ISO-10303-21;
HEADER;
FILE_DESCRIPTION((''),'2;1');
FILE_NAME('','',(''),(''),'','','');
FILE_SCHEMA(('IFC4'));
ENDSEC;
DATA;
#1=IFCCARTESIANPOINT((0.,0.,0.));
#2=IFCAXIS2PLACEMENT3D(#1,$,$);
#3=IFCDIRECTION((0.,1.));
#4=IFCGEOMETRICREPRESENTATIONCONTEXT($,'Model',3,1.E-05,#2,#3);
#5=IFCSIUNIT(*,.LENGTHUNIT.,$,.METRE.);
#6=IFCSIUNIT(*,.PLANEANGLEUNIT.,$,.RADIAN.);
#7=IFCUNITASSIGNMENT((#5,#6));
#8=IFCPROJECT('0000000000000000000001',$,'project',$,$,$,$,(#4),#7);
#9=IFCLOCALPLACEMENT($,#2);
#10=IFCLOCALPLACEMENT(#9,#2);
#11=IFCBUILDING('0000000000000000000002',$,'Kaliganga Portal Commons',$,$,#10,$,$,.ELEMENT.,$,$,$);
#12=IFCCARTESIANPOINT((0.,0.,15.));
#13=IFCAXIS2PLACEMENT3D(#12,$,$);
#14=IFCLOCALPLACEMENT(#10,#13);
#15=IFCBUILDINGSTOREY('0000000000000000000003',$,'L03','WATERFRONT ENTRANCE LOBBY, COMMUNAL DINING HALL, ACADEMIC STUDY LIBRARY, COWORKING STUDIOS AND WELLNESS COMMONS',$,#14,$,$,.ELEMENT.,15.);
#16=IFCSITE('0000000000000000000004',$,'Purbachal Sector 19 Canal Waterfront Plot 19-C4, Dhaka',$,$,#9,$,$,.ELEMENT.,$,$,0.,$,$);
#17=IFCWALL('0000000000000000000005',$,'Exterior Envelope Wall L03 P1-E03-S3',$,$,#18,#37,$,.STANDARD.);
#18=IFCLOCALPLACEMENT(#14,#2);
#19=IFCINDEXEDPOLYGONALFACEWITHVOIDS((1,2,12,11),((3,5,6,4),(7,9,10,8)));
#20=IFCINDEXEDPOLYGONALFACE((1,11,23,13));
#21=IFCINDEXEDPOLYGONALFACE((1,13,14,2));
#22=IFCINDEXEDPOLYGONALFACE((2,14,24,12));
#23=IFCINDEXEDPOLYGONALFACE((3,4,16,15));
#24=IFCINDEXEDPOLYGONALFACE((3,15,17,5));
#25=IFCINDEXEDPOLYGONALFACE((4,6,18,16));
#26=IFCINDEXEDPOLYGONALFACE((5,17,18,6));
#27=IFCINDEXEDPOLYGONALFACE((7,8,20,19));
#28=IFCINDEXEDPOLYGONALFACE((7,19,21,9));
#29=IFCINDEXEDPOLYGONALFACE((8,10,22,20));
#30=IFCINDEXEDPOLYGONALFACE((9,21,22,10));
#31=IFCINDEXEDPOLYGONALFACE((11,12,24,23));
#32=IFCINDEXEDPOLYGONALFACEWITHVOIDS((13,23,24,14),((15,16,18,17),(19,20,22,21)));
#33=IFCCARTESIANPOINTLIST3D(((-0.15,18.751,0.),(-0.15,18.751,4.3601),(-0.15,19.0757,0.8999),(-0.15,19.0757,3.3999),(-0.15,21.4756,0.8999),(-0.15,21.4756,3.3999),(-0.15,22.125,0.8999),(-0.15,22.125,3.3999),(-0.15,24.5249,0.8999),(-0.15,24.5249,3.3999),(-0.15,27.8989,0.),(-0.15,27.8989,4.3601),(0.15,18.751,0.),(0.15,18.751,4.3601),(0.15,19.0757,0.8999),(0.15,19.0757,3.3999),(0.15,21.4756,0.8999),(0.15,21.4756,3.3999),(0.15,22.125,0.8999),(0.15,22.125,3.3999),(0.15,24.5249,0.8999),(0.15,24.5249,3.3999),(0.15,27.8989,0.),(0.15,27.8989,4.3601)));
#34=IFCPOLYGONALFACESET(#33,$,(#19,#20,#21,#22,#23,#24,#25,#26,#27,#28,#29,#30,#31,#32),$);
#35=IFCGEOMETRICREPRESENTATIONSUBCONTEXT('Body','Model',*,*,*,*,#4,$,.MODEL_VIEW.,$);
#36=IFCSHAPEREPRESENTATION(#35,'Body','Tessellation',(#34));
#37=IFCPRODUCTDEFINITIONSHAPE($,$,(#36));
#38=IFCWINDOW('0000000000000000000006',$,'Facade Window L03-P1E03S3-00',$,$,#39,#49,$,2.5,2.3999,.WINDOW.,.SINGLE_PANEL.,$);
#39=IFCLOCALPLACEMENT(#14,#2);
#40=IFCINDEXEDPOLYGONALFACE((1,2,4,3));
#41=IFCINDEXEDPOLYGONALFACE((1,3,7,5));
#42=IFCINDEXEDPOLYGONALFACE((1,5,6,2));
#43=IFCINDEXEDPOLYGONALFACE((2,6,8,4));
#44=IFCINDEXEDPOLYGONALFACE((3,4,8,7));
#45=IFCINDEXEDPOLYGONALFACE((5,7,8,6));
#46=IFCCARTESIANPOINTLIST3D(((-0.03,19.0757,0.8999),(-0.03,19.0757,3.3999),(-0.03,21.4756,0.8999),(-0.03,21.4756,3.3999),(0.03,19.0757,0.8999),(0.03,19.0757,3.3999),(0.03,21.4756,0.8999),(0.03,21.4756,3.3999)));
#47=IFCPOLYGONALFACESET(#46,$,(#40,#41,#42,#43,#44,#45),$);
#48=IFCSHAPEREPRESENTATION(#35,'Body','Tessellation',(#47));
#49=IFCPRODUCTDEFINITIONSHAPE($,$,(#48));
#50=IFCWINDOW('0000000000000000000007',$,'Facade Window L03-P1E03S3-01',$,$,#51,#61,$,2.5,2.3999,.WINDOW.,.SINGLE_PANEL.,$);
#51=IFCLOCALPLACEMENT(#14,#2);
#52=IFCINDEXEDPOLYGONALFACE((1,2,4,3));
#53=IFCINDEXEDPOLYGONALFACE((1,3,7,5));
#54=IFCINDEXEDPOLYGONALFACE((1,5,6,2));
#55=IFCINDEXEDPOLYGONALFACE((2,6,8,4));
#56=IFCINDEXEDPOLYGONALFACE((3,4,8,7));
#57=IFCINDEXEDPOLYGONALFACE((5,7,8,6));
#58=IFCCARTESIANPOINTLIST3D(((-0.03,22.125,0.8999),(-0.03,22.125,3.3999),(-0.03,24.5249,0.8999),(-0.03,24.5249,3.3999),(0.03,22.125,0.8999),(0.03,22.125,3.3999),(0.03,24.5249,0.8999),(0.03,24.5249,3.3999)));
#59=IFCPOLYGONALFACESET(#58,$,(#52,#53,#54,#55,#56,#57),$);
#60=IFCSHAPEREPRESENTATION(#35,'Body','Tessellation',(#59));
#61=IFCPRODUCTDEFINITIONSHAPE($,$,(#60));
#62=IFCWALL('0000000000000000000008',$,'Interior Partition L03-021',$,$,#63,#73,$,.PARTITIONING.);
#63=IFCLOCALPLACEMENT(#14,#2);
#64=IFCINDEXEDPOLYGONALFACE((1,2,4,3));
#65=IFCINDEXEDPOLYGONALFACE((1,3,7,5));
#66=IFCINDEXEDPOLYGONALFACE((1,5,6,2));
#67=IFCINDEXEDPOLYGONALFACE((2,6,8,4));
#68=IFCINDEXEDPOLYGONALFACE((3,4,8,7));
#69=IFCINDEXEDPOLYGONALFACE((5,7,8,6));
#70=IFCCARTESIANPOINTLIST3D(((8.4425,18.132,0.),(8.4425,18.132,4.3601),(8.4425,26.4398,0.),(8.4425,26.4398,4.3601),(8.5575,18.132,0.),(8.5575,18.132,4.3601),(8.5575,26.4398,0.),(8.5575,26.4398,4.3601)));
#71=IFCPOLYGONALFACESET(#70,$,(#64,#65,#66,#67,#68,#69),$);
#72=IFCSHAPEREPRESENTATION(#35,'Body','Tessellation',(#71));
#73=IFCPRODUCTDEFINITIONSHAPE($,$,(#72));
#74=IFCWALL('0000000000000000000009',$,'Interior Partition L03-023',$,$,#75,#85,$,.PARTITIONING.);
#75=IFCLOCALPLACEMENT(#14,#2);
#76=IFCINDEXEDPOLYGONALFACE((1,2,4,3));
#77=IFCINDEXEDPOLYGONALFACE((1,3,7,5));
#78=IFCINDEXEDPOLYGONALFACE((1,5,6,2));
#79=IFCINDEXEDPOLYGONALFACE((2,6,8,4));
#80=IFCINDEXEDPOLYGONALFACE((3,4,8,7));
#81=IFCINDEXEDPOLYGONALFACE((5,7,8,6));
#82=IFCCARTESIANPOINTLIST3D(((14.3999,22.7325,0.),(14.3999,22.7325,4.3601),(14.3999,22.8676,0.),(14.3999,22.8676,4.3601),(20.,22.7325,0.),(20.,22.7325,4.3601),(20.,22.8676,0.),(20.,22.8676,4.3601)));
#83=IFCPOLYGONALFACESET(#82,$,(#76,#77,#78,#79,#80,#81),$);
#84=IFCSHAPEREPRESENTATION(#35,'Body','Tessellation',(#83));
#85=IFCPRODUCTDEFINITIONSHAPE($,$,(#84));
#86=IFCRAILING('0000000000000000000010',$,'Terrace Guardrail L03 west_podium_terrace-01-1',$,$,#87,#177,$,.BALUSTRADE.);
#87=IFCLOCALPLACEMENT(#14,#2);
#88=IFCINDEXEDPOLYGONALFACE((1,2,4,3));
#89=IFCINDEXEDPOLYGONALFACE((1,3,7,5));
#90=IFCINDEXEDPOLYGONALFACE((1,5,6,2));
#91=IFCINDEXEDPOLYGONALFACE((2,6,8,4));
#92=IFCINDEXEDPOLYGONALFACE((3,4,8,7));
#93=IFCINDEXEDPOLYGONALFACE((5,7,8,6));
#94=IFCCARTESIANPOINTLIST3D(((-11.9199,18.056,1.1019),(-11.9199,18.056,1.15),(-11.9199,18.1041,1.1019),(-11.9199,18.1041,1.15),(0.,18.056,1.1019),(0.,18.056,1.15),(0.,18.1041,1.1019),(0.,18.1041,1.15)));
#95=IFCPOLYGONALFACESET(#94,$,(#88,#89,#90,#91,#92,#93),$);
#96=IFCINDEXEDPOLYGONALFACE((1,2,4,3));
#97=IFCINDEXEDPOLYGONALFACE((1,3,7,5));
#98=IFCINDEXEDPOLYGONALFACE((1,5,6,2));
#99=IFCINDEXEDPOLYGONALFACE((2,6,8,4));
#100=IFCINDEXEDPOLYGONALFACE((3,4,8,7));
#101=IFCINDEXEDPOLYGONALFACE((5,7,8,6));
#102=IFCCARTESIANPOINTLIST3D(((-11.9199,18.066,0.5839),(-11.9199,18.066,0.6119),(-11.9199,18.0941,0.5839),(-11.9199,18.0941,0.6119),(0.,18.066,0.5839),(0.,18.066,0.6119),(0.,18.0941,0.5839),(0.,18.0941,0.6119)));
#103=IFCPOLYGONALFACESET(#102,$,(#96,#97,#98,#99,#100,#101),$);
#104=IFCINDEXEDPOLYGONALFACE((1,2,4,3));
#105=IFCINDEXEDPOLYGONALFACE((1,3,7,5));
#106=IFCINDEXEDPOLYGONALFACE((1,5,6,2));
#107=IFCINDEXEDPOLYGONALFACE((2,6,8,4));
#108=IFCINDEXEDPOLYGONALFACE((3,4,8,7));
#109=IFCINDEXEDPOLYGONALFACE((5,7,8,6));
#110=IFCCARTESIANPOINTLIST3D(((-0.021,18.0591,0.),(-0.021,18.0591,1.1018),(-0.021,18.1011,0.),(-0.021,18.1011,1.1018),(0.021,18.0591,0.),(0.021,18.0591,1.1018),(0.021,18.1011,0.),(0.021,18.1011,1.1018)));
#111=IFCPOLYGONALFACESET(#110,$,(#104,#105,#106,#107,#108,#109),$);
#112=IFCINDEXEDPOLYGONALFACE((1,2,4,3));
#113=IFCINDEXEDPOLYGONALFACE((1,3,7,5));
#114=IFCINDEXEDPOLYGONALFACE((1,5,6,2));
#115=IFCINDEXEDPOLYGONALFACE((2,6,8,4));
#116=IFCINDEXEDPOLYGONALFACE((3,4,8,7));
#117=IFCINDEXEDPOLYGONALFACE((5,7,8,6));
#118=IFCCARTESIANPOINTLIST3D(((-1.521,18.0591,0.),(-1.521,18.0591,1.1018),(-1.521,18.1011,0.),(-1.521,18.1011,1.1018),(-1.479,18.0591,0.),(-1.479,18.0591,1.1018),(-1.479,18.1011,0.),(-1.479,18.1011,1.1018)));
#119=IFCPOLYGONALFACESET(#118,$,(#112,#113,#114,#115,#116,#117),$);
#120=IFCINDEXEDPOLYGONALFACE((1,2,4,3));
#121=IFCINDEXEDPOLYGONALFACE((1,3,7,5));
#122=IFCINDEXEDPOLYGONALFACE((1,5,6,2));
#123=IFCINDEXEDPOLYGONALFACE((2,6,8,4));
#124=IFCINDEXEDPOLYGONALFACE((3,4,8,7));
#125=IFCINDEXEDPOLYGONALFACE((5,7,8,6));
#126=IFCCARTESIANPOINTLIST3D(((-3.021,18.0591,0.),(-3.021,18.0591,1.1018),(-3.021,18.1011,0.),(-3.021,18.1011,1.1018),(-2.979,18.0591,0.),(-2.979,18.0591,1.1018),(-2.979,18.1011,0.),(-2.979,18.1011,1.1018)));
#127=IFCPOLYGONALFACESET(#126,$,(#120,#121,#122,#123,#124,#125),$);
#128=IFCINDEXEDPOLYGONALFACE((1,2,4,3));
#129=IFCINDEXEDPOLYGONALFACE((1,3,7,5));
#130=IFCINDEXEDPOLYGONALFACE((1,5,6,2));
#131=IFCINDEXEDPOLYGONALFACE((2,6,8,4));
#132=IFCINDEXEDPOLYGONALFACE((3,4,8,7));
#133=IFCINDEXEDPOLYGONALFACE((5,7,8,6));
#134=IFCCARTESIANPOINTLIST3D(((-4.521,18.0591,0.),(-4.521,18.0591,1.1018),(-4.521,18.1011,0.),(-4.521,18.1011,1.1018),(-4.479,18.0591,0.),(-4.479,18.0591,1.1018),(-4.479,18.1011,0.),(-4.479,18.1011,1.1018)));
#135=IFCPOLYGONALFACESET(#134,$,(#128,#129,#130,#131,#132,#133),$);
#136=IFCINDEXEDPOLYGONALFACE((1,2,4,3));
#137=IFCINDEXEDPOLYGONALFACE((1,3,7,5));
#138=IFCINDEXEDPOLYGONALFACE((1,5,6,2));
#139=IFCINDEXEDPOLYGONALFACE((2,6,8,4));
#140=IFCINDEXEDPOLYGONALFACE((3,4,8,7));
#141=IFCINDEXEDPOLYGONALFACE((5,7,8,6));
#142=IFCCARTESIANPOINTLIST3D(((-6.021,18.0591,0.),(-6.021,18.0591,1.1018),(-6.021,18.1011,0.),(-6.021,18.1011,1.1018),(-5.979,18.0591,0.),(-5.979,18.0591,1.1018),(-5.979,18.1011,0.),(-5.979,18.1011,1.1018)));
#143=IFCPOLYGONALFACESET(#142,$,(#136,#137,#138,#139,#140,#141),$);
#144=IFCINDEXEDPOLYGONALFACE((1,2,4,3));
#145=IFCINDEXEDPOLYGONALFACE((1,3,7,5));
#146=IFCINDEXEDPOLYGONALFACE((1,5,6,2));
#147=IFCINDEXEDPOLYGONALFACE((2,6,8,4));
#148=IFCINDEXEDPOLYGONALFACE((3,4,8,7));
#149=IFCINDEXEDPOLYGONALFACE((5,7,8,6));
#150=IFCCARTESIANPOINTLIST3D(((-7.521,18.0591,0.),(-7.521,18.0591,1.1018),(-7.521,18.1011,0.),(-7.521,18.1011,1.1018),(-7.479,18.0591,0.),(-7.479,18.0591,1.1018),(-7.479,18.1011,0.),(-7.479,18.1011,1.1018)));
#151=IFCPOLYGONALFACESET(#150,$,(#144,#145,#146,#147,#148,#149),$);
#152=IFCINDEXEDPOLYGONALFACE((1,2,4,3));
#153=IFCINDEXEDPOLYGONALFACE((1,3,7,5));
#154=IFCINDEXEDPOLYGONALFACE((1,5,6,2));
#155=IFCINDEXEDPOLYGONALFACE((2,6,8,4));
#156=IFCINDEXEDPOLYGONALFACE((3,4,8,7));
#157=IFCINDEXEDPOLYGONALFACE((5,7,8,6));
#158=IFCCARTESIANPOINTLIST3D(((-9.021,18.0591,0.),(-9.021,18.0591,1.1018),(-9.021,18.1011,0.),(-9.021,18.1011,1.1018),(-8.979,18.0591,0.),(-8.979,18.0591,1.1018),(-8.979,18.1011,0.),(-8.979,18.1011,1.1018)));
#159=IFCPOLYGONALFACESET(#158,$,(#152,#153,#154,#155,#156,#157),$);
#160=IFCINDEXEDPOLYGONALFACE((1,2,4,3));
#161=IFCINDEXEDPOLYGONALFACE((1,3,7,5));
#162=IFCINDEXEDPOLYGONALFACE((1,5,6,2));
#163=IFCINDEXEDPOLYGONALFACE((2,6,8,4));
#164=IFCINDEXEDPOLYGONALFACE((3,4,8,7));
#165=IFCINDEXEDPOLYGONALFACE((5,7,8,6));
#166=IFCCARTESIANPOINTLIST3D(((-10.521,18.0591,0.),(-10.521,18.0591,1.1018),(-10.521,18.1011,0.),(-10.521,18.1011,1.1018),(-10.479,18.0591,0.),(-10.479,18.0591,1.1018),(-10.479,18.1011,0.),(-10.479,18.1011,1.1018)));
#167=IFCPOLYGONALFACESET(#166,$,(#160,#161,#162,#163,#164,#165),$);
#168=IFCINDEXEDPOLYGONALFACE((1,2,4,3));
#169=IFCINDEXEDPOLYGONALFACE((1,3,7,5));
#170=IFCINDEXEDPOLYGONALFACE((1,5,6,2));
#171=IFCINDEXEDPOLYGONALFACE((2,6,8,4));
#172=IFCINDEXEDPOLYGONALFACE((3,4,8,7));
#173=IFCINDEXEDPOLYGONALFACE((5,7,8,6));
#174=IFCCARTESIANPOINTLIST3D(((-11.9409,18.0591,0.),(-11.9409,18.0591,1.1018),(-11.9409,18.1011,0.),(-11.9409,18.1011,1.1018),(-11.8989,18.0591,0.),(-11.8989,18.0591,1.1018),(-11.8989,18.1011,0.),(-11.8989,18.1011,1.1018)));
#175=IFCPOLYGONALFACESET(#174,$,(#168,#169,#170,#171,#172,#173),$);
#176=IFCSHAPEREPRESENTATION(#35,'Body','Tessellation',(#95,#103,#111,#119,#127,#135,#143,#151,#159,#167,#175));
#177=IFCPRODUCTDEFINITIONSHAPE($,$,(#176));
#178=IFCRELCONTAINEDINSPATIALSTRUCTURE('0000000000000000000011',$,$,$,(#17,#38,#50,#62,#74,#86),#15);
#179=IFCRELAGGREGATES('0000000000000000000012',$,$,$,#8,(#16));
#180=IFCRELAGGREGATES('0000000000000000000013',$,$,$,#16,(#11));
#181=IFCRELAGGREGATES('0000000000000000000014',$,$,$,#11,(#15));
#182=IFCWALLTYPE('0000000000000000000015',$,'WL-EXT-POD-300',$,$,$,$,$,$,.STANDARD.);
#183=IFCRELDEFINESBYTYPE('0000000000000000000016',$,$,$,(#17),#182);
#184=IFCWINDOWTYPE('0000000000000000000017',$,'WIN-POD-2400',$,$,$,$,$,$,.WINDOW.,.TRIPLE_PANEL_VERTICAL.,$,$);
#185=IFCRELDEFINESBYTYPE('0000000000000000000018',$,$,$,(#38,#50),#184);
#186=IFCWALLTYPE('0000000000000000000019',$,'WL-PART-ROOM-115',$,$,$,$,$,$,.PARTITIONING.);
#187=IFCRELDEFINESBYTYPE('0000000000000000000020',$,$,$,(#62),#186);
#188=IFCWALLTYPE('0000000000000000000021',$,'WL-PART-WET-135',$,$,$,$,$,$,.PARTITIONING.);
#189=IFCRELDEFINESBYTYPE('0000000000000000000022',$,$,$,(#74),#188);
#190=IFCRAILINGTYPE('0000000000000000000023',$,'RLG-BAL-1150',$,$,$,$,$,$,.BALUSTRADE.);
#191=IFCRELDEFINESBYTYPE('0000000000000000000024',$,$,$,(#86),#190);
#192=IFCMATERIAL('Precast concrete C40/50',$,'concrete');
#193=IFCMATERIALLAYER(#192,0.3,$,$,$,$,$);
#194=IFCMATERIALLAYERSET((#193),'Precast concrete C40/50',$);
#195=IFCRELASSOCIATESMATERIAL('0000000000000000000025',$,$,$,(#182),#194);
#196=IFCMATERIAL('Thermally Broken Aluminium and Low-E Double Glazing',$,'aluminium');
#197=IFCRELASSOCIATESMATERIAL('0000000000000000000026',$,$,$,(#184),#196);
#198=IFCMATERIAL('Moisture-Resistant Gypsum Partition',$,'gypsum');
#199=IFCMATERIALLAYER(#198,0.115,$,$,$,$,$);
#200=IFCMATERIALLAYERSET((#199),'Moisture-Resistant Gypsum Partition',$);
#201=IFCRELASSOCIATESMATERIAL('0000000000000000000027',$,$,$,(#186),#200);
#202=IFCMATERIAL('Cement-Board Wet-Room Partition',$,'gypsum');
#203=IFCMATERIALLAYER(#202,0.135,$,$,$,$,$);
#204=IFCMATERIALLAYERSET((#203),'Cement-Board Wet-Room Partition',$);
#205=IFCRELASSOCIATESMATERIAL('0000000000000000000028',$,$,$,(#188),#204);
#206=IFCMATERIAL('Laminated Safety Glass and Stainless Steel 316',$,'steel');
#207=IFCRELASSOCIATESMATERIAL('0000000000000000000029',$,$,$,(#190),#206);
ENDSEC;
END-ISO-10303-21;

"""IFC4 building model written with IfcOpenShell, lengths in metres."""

from ifc_helpers import new_model, si_unit, direction, frame, frame_2d, origin, origin_2d, place, context, subcontext, project, spatial, rectangle, extrude, material, layer, layer_set, type_object, element, fill, save


model = new_model("IFC4")

# Units and contexts
model_context = context("Model", 3, precision=1e-05, world=origin(), true_north=direction((0.0, 1.0)))
body_context = subcontext(model_context, "Body", "Model", "MODEL_VIEW")
ifc_project = project(units=[si_unit("LENGTHUNIT", "METRE"), si_unit("PLANEANGLEUNIT", "RADIAN")], contexts=[model_context])

# Site, building, storey
site_placement = place(None, origin())
site = spatial("IfcSite", under=ifc_project, at=site_placement, Name="Purbachal Sector 19 Canal Waterfront Plot 19-C4, Dhaka", CompositionType="ELEMENT", RefElevation=0.0)
building_placement = place(site_placement, origin())
building = spatial("IfcBuilding", under=site, at=building_placement, Name="Kaliganga Portal Commons", CompositionType="ELEMENT")
storey_placement = place(building_placement, frame((0.0, 0.0, 15.0)))
storey = spatial("IfcBuildingStorey", under=building, at=storey_placement, Name="L03", Description="WATERFRONT ENTRANCE LOBBY, COMMUNAL DINING HALL, ACADEMIC STUDY LIBRARY, COWORKING STUDIOS AND WELLNESS COMMONS", CompositionType="ELEMENT", Elevation=15.0)

# Wall, openings, windows
ifc_material_1 = material(Name="Precast concrete C40/50", Category="concrete")
ifc_layer_1 = layer(ifc_material_1, 0.3)
ifc_layer_set_1 = layer_set([ifc_layer_1], Name="Precast concrete C40/50")
wall_type_1 = type_object("IfcWallType", Name="WL-EXT-POD-300", PredefinedType="STANDARD", material=ifc_layer_set_1)
wall_1_placement = place(storey_placement, frame((0.0, 18.751, 0.0), z_axis=(0.0, 0.0, 1.0), x_axis=(0.0, 1.0, 0.0)))
wall_1 = element("IfcWall", 1, at=wall_1_placement, inside=storey, type_object=wall_type_1, Name="Exterior Envelope Wall L03 P1-E03-S3", PredefinedType="STANDARD", context=body_context, shape_type="SweptSolid", body=[
    extrude(rectangle(XDim=9.1479, YDim=0.3, at=frame_2d((4.574, 0.0))), origin(), (0.0, 0.0, 1.0), 4.3601),
])
opening_1_placement = place(wall_1_placement, frame((0.3247, 0.0, 0.8999)))
opening_1 = element("IfcOpeningElement", 2, at=opening_1_placement, cuts=wall_1, PredefinedType="OPENING", context=body_context, shape_type="SweptSolid", body=[
    extrude(rectangle(XDim=2.3999, YDim=2.5, at=frame_2d((1.2, 1.25))), frame((0.0, 0.1602, 0.0), z_axis=(0.0, -1.0, 0.0), x_axis=(1.0, 0.0, 0.0)), (0.0, 0.0, 1.0), 0.3201),
])
opening_2_placement = place(wall_1_placement, frame((3.374, 0.0, 0.8999)))
opening_2 = element("IfcOpeningElement", 3, at=opening_2_placement, cuts=wall_1, PredefinedType="OPENING", context=body_context, shape_type="SweptSolid", body=[
    extrude(rectangle(XDim=2.3999, YDim=2.5, at=frame_2d((1.2, 1.25))), frame((0.0, 0.1602, 0.0), z_axis=(0.0, -1.0, 0.0), x_axis=(1.0, 0.0, 0.0)), (0.0, 0.0, 1.0), 0.3201),
])
ifc_material_2 = material(Name="Thermally Broken Aluminium and Low-E Double Glazing", Category="aluminium")
window_type = type_object("IfcWindowType", Name="WIN-POD-2400", PartitioningType="TRIPLE_PANEL_VERTICAL", PredefinedType="WINDOW", material=ifc_material_2)
window_1_placement = place(opening_1_placement, origin())
window_1 = element("IfcWindow", 4, at=window_1_placement, inside=storey, type_object=window_type, Name="Facade Window L03-P1E03S3-00", OverallHeight=2.5, OverallWidth=2.3999, PartitioningType="SINGLE_PANEL", PredefinedType="WINDOW", context=body_context, shape_type="SweptSolid", body=[
    extrude(rectangle(XDim=2.3999, YDim=2.5, at=frame_2d((1.2, 1.25))), frame((0.0, 0.03, 0.0), z_axis=(0.0, -1.0, 0.0), x_axis=(1.0, 0.0, 0.0)), (0.0, 0.0, 1.0), 0.0601),
])
fill(opening_1, window_1)
window_2_placement = place(opening_2_placement, origin())
window_2 = element("IfcWindow", 5, at=window_2_placement, inside=storey, type_object=window_type, Name="Facade Window L03-P1E03S3-01", OverallHeight=2.5, OverallWidth=2.3999, PartitioningType="SINGLE_PANEL", PredefinedType="WINDOW", context=body_context, shape_type="SweptSolid", body=[
    extrude(rectangle(XDim=2.3999, YDim=2.5, at=frame_2d((1.2, 1.25))), frame((0.0, 0.03, 0.0), z_axis=(0.0, -1.0, 0.0), x_axis=(1.0, 0.0, 0.0)), (0.0, 0.0, 1.0), 0.0601),
])
fill(opening_2, window_2)

# Walls
ifc_material_3 = material(Name="Moisture-Resistant Gypsum Partition", Category="gypsum")
ifc_layer_2 = layer(ifc_material_3, 0.115)
ifc_layer_set_2 = layer_set([ifc_layer_2], Name="Moisture-Resistant Gypsum Partition")
wall_type_2 = type_object("IfcWallType", Name="WL-PART-ROOM-115", PredefinedType="PARTITIONING", material=ifc_layer_set_2)
wall_2_placement = place(storey_placement, frame((8.5, 18.1321, 0.0), z_axis=(0.0, 0.0, 1.0), x_axis=(0.0, 1.0, 0.0)))
element("IfcWall", 6, at=wall_2_placement, inside=storey, type_object=wall_type_2, Name="Interior Partition L03-021", PredefinedType="PARTITIONING", context=body_context, shape_type="SweptSolid", body=[
    extrude(rectangle(XDim=8.3079, YDim=0.115, at=frame_2d((4.1538, 0.0))), origin(), (0.0, 0.0, 1.0), 4.3601),
])
ifc_material_4 = material(Name="Cement-Board Wet-Room Partition", Category="gypsum")
ifc_layer_3 = layer(ifc_material_4, 0.135)
ifc_layer_set_3 = layer_set([ifc_layer_3], Name="Cement-Board Wet-Room Partition")
wall_type_3 = type_object("IfcWallType", Name="WL-PART-WET-135", PredefinedType="PARTITIONING", material=ifc_layer_set_3)
wall_3_placement = place(storey_placement, frame((14.3999, 22.8, 0.0), z_axis=(0.0, 0.0, 1.0), x_axis=(1.0, 0.0, 0.0)))
element("IfcWall", 7, at=wall_3_placement, inside=storey, type_object=wall_type_3, Name="Interior Partition L03-023", PredefinedType="PARTITIONING", context=body_context, shape_type="SweptSolid", body=[
    extrude(rectangle(XDim=5.6001, YDim=0.135, at=frame_2d((2.8, 0.0))), origin(), (0.0, 0.0, 1.0), 4.3601),
])

# Railing
ifc_material_5 = material(Name="Laminated Safety Glass and Stainless Steel 316", Category="steel")
railing_type = type_object("IfcRailingType", Name="RLG-BAL-1150", PredefinedType="BALUSTRADE", material=ifc_material_5)
railing_1_placement = place(storey_placement, frame((0.0, 18.0801, 0.0)))
element("IfcRailing", 8, at=railing_1_placement, inside=storey, type_object=railing_type, Name="Terrace Guardrail L03 west_podium_terrace-01-1", PredefinedType="BALUSTRADE", context=body_context, shape_type="SweptSolid", body=[
    extrude(rectangle(XDim=0.0481, YDim=0.0481, at=origin_2d()), frame((0.0, 0.0, 1.126), z_axis=(-1.0, 0.0, 0.0), x_axis=(0.0, -1.0, 0.0)), (0.0, 0.0, 1.0), 11.9199),
    extrude(rectangle(XDim=0.0281, YDim=0.0281, at=origin_2d()), frame((0.0, 0.0, 0.5979), z_axis=(-1.0, 0.0, 0.0), x_axis=(0.0, -1.0, 0.0)), (0.0, 0.0, 1.0), 11.9199),
    extrude(rectangle(XDim=0.042, YDim=0.042, at=origin_2d()), origin(), (0.0, 0.0, 1.0), 1.1018),
    extrude(rectangle(XDim=0.042, YDim=0.042, at=origin_2d()), frame((-1.5, 0.0, 0.0)), (0.0, 0.0, 1.0), 1.1018),
    extrude(rectangle(XDim=0.042, YDim=0.042, at=origin_2d()), frame((-3.0, 0.0, 0.0)), (0.0, 0.0, 1.0), 1.1018),
    extrude(rectangle(XDim=0.042, YDim=0.042, at=origin_2d()), frame((-4.5, 0.0, 0.0)), (0.0, 0.0, 1.0), 1.1018),
    extrude(rectangle(XDim=0.042, YDim=0.042, at=origin_2d()), frame((-6.0, 0.0, 0.0)), (0.0, 0.0, 1.0), 1.1018),
    extrude(rectangle(XDim=0.042, YDim=0.042, at=origin_2d()), frame((-7.5, 0.0, 0.0)), (0.0, 0.0, 1.0), 1.1018),
    extrude(rectangle(XDim=0.042, YDim=0.042, at=origin_2d()), frame((-9.0, 0.0, 0.0)), (0.0, 0.0, 1.0), 1.1018),
    extrude(rectangle(XDim=0.042, YDim=0.042, at=origin_2d()), frame((-10.5, 0.0, 0.0)), (0.0, 0.0, 1.0), 1.1018),
    extrude(rectangle(XDim=0.042, YDim=0.042, at=origin_2d()), frame((-11.9199, 0.0, 0.0)), (0.0, 0.0, 1.0), 1.1018),
])

save(model, "model.ifc")
